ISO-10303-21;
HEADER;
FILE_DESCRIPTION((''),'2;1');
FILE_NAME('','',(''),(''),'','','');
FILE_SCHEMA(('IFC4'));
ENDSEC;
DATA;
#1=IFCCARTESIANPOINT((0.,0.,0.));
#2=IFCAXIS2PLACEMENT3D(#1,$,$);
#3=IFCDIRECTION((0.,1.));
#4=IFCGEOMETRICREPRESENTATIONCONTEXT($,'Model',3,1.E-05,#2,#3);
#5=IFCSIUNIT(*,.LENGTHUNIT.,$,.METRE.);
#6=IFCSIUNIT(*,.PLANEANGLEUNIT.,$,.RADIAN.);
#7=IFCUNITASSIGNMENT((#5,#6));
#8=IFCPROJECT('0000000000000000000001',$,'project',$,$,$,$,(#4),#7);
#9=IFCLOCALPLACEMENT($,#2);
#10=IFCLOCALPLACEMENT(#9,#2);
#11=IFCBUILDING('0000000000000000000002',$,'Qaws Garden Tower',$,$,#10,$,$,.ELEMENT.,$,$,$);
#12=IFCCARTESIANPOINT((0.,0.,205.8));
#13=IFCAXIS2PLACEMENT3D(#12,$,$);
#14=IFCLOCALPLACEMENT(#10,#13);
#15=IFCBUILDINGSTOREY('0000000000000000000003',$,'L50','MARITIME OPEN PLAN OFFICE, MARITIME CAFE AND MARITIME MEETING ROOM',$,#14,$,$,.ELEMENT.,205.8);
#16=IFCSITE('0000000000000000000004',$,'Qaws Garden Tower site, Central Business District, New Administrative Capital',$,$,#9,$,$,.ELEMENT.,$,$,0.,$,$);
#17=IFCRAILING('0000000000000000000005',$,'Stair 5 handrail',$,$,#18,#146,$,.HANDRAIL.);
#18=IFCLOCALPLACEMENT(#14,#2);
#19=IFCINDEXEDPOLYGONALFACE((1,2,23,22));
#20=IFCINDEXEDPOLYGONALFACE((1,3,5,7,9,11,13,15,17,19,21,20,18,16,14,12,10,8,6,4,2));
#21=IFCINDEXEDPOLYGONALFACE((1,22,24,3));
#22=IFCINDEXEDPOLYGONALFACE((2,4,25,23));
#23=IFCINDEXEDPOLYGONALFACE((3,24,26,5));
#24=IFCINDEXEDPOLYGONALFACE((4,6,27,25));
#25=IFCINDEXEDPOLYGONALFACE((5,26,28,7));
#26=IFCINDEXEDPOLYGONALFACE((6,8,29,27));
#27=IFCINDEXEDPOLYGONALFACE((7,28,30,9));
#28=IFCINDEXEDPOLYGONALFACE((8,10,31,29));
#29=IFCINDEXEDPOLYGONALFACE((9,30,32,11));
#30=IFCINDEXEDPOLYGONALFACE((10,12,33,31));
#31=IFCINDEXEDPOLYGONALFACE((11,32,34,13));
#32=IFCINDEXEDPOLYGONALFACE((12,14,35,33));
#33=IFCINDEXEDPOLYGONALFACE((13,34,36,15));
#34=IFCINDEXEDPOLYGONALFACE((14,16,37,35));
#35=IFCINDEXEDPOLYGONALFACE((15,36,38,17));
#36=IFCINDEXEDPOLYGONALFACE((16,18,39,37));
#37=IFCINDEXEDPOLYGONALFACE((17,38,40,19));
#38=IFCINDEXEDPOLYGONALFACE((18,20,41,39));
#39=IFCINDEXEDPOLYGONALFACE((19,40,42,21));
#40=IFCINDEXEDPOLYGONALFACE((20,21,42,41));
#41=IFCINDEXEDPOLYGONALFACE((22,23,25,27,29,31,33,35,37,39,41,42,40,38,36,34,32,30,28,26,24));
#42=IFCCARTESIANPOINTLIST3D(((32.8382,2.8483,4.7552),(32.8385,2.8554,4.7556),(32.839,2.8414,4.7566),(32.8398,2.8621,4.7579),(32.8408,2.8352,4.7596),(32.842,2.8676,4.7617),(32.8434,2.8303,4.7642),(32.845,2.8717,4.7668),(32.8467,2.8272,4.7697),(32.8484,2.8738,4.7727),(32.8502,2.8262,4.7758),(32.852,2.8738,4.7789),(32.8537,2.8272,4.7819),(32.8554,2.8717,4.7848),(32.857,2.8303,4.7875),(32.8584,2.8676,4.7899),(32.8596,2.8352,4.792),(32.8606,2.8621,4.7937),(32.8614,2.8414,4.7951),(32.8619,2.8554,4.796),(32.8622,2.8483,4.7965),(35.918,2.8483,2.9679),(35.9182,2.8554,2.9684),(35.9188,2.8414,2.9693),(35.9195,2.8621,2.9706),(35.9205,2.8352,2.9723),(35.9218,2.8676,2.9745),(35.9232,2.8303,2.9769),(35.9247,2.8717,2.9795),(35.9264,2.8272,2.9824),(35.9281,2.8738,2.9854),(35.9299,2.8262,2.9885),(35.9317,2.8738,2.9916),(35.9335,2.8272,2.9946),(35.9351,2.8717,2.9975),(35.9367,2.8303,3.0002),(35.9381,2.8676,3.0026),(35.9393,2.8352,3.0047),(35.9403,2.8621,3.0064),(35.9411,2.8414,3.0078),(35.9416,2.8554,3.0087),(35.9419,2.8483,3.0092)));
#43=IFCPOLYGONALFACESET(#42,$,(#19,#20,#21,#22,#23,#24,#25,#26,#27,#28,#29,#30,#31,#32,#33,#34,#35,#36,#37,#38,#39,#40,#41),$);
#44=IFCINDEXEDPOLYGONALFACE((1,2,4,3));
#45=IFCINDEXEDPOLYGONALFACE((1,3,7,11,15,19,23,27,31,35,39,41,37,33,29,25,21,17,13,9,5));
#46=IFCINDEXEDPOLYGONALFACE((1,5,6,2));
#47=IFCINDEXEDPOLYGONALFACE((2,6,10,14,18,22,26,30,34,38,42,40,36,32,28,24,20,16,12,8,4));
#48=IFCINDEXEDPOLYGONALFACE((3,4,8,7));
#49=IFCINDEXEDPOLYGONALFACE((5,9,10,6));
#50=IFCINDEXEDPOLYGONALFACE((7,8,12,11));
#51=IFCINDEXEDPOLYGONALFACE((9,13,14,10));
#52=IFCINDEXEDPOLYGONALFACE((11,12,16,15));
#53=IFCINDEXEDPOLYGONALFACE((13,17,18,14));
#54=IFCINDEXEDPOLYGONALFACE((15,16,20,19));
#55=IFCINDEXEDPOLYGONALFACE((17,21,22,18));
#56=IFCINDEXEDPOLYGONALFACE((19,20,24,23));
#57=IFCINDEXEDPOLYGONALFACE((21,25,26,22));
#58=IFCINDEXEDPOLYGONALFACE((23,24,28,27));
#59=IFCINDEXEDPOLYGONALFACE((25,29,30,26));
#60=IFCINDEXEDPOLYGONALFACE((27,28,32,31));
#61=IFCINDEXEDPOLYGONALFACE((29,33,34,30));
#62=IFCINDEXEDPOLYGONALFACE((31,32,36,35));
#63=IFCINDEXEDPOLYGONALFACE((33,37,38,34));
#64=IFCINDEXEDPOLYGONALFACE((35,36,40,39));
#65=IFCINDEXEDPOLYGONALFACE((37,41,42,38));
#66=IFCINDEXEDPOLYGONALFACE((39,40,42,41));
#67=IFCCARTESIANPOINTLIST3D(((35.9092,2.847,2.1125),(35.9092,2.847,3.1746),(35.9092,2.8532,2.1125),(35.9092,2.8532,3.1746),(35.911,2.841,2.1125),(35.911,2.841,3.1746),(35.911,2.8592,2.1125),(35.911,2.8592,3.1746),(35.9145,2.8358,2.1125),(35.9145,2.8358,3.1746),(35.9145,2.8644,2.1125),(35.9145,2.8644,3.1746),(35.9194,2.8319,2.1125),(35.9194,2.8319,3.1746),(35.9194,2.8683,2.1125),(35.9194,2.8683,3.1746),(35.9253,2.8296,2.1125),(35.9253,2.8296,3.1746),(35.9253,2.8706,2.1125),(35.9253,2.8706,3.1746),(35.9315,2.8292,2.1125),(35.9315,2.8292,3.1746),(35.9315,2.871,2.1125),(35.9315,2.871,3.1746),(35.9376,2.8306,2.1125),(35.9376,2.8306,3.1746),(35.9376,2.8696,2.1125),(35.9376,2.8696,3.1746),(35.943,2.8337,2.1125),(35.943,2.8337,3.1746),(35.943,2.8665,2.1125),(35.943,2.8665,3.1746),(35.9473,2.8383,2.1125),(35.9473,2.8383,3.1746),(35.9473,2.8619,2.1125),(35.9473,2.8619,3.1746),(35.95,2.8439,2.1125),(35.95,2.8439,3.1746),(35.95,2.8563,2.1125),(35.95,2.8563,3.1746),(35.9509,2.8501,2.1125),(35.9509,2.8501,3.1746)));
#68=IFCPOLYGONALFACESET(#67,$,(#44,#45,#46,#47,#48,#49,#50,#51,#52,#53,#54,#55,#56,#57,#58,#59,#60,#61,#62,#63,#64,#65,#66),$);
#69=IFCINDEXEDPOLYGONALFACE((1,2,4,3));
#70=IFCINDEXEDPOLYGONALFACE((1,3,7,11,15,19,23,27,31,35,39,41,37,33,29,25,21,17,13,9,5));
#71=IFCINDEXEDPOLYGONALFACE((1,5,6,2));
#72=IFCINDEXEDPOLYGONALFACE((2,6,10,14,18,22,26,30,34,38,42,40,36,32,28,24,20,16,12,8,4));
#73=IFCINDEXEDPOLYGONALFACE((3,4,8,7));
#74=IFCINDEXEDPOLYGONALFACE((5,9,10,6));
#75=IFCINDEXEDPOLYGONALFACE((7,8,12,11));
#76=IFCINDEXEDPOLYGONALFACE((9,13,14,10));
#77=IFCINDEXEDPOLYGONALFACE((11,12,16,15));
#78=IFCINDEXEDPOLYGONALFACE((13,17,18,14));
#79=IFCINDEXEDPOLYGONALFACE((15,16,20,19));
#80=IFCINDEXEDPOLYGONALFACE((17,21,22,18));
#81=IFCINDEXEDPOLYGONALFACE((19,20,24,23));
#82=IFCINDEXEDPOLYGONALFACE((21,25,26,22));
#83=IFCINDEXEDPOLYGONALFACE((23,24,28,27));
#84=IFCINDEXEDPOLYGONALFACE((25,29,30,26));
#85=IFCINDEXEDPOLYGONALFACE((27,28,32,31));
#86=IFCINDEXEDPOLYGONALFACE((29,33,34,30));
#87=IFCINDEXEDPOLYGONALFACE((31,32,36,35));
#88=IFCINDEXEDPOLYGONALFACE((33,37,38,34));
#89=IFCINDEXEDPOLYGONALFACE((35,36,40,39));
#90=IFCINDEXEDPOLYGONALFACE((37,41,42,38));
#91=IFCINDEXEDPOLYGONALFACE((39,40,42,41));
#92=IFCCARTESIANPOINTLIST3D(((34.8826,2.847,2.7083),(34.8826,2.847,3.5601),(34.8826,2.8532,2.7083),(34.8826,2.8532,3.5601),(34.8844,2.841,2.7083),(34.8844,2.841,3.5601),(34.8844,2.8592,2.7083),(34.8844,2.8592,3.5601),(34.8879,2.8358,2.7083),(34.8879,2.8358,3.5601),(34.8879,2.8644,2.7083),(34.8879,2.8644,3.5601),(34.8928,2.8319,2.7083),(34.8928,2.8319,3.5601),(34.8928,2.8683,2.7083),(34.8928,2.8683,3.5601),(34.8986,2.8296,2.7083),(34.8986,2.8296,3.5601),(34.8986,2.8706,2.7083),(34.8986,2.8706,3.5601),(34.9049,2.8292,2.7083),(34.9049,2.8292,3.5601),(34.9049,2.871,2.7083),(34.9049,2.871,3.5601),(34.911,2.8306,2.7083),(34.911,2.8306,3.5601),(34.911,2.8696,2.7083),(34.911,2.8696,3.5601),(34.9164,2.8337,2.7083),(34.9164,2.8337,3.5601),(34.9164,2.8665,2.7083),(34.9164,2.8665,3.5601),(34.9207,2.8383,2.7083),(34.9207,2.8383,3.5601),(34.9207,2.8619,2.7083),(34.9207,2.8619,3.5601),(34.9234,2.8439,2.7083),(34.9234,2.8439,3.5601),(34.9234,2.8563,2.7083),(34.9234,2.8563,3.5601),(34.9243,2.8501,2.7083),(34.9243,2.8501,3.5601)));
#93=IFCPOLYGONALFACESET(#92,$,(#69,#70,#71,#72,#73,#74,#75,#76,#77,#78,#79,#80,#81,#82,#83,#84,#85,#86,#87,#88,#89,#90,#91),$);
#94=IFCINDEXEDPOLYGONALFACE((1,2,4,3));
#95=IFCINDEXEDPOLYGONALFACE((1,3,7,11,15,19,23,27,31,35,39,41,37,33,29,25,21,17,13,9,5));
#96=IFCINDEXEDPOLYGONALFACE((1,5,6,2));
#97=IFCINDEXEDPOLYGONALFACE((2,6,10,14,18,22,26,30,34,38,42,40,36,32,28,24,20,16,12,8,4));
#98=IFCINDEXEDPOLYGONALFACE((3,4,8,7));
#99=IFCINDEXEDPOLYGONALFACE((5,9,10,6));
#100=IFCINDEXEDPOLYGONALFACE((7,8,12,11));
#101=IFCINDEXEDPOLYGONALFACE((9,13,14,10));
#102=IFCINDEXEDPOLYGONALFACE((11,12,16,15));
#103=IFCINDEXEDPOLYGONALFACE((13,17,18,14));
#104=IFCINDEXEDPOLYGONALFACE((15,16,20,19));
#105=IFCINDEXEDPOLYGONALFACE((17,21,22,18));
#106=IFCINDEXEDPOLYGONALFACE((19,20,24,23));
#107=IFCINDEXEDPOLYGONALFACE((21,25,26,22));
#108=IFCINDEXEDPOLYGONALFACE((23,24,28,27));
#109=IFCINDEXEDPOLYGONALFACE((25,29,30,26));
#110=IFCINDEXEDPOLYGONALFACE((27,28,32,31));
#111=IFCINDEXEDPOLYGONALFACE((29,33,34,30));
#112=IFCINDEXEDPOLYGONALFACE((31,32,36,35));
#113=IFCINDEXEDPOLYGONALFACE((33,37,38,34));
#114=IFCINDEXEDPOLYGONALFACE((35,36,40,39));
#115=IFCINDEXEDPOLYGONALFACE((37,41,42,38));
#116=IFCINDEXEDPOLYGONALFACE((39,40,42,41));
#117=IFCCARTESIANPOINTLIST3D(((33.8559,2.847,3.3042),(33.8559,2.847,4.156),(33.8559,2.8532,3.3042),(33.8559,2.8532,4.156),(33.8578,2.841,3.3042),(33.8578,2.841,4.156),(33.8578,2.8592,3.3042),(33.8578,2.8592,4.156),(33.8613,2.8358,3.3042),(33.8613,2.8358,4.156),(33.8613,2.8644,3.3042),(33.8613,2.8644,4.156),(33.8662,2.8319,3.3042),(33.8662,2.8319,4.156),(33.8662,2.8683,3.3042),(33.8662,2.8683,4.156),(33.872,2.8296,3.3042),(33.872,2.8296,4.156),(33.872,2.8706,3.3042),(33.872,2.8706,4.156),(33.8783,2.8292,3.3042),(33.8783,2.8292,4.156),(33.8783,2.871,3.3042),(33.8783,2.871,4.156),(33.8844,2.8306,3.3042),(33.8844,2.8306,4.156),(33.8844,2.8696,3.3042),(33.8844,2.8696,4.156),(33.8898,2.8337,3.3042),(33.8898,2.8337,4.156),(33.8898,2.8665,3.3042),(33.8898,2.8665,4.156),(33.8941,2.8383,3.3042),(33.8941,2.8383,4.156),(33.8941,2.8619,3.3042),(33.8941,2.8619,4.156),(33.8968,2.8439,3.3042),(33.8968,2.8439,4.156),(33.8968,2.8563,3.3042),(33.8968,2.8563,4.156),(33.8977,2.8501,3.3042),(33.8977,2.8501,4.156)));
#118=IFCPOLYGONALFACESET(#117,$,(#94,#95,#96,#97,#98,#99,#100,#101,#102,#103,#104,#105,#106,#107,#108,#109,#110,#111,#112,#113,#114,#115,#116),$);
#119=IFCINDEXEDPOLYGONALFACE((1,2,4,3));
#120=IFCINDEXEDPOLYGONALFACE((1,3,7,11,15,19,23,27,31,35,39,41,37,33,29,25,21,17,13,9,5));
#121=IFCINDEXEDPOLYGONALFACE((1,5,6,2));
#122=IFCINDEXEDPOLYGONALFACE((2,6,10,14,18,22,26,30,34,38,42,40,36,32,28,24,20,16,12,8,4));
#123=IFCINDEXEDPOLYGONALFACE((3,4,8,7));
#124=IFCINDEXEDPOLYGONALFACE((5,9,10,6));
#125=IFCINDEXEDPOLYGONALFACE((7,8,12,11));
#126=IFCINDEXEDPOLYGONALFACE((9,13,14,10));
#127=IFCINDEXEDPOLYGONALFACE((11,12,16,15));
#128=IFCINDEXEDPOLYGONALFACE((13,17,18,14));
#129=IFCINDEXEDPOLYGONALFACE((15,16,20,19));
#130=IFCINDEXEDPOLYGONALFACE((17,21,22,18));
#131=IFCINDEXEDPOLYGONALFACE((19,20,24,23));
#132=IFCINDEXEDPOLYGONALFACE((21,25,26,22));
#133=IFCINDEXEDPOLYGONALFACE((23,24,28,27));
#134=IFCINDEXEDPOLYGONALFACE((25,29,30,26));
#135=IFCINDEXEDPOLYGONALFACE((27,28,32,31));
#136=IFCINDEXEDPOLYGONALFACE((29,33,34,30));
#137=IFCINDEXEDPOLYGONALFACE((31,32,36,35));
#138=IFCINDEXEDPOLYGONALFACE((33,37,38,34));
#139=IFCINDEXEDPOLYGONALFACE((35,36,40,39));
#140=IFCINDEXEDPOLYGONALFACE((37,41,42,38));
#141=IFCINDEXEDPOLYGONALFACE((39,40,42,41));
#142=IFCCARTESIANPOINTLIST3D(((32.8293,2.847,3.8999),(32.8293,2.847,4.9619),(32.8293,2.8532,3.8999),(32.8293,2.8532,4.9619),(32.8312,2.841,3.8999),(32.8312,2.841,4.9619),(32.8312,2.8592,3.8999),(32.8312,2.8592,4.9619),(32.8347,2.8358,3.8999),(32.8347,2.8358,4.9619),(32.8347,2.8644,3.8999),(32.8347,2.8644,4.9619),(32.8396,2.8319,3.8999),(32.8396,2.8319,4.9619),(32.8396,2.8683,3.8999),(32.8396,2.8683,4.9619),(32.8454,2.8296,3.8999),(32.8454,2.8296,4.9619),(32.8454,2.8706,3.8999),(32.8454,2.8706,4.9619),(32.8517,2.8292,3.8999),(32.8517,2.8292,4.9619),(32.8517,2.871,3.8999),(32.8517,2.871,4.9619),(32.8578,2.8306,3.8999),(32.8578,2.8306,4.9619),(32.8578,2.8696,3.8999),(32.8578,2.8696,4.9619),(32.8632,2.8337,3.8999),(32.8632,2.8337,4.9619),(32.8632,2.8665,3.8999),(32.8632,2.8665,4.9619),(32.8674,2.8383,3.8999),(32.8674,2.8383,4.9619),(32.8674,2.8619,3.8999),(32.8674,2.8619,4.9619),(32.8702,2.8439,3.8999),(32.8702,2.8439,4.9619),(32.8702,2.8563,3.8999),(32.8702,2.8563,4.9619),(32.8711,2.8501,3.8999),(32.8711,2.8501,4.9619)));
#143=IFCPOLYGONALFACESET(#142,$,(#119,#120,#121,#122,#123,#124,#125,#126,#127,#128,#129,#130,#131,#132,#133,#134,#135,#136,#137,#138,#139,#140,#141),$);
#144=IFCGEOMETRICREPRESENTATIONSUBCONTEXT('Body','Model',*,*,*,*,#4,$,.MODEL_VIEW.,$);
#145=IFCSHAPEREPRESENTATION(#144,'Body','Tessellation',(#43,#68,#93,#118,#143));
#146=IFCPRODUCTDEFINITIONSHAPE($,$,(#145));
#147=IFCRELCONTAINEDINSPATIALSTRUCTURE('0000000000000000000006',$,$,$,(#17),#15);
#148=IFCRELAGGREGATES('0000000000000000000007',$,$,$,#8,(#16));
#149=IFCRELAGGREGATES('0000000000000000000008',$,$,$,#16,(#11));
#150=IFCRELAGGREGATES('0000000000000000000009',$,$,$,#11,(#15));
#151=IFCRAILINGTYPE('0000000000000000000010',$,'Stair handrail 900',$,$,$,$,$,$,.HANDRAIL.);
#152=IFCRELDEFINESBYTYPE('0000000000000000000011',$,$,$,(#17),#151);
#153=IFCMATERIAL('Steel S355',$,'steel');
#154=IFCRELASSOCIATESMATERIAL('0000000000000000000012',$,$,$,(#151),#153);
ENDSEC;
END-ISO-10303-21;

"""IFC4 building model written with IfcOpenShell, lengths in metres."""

from ifc_helpers import new_model, si_unit, direction, frame, origin, origin_2d, place, context, subcontext, project, spatial, circle, extrude, material, type_object, element, save


model = new_model("IFC4")

# Units and contexts
model_context = context("Model", 3, precision=1e-05, world=origin(), true_north=direction((0.0, 1.0)))
body_context = subcontext(model_context, "Body", "Model", "MODEL_VIEW")
ifc_project = project(units=[si_unit("LENGTHUNIT", "METRE"), si_unit("PLANEANGLEUNIT", "RADIAN")], contexts=[model_context])

# Site, building, storey
site_placement = place(None, origin())
site = spatial("IfcSite", under=ifc_project, at=site_placement, Name="Qaws Garden Tower site, Central Business District, New Administrative Capital", CompositionType="ELEMENT", RefElevation=0.0)
building_placement = place(site_placement, origin())
building = spatial("IfcBuilding", under=site, at=building_placement, Name="Qaws Garden Tower", CompositionType="ELEMENT")
storey_placement = place(building_placement, frame((0.0, 0.0, 205.8)))
storey = spatial("IfcBuildingStorey", under=building, at=storey_placement, Name="L50", Description="MARITIME OPEN PLAN OFFICE, MARITIME CAFE AND MARITIME MEETING ROOM", CompositionType="ELEMENT", Elevation=205.8)

# Railing
ifc_material_1 = material(Name="Steel S355", Category="steel")
railing_type = type_object("IfcRailingType", Name="Stair handrail 900", PredefinedType="HANDRAIL", material=ifc_material_1)
railing_placement = place(storey_placement, frame((35.9299, 2.8501, 2.1125)))
element("IfcRailing", 1, at=railing_placement, inside=storey, type_object=railing_type, Name="Stair 5 handrail", PredefinedType="HANDRAIL", context=body_context, shape_type="SweptSolid", body=[
    extrude(circle(Radius=0.0239, at=origin_2d()), frame((0.0, 0.0, 0.876), z_axis=(-0.864903, 0.0, 0.501939), x_axis=(0.0, -1.0, 0.0)), (0.0, 0.0, 1.0), 3.5608),
    extrude(circle(Radius=0.021, at=origin_2d()), origin(), (0.0, 0.0, 1.0), 1.062),
    extrude(circle(Radius=0.021, at=origin_2d()), frame((-1.0266, 0.0, 0.5957)), (0.0, 0.0, 1.0), 0.8518),
    extrude(circle(Radius=0.021, at=origin_2d()), frame((-2.0532, 0.0, 1.1917)), (0.0, 0.0, 1.0), 0.8518),
    extrude(circle(Radius=0.021, at=origin_2d()), frame((-3.0798, 0.0, 1.7874)), (0.0, 0.0, 1.0), 1.062),
])

save(model, "model.ifc")
